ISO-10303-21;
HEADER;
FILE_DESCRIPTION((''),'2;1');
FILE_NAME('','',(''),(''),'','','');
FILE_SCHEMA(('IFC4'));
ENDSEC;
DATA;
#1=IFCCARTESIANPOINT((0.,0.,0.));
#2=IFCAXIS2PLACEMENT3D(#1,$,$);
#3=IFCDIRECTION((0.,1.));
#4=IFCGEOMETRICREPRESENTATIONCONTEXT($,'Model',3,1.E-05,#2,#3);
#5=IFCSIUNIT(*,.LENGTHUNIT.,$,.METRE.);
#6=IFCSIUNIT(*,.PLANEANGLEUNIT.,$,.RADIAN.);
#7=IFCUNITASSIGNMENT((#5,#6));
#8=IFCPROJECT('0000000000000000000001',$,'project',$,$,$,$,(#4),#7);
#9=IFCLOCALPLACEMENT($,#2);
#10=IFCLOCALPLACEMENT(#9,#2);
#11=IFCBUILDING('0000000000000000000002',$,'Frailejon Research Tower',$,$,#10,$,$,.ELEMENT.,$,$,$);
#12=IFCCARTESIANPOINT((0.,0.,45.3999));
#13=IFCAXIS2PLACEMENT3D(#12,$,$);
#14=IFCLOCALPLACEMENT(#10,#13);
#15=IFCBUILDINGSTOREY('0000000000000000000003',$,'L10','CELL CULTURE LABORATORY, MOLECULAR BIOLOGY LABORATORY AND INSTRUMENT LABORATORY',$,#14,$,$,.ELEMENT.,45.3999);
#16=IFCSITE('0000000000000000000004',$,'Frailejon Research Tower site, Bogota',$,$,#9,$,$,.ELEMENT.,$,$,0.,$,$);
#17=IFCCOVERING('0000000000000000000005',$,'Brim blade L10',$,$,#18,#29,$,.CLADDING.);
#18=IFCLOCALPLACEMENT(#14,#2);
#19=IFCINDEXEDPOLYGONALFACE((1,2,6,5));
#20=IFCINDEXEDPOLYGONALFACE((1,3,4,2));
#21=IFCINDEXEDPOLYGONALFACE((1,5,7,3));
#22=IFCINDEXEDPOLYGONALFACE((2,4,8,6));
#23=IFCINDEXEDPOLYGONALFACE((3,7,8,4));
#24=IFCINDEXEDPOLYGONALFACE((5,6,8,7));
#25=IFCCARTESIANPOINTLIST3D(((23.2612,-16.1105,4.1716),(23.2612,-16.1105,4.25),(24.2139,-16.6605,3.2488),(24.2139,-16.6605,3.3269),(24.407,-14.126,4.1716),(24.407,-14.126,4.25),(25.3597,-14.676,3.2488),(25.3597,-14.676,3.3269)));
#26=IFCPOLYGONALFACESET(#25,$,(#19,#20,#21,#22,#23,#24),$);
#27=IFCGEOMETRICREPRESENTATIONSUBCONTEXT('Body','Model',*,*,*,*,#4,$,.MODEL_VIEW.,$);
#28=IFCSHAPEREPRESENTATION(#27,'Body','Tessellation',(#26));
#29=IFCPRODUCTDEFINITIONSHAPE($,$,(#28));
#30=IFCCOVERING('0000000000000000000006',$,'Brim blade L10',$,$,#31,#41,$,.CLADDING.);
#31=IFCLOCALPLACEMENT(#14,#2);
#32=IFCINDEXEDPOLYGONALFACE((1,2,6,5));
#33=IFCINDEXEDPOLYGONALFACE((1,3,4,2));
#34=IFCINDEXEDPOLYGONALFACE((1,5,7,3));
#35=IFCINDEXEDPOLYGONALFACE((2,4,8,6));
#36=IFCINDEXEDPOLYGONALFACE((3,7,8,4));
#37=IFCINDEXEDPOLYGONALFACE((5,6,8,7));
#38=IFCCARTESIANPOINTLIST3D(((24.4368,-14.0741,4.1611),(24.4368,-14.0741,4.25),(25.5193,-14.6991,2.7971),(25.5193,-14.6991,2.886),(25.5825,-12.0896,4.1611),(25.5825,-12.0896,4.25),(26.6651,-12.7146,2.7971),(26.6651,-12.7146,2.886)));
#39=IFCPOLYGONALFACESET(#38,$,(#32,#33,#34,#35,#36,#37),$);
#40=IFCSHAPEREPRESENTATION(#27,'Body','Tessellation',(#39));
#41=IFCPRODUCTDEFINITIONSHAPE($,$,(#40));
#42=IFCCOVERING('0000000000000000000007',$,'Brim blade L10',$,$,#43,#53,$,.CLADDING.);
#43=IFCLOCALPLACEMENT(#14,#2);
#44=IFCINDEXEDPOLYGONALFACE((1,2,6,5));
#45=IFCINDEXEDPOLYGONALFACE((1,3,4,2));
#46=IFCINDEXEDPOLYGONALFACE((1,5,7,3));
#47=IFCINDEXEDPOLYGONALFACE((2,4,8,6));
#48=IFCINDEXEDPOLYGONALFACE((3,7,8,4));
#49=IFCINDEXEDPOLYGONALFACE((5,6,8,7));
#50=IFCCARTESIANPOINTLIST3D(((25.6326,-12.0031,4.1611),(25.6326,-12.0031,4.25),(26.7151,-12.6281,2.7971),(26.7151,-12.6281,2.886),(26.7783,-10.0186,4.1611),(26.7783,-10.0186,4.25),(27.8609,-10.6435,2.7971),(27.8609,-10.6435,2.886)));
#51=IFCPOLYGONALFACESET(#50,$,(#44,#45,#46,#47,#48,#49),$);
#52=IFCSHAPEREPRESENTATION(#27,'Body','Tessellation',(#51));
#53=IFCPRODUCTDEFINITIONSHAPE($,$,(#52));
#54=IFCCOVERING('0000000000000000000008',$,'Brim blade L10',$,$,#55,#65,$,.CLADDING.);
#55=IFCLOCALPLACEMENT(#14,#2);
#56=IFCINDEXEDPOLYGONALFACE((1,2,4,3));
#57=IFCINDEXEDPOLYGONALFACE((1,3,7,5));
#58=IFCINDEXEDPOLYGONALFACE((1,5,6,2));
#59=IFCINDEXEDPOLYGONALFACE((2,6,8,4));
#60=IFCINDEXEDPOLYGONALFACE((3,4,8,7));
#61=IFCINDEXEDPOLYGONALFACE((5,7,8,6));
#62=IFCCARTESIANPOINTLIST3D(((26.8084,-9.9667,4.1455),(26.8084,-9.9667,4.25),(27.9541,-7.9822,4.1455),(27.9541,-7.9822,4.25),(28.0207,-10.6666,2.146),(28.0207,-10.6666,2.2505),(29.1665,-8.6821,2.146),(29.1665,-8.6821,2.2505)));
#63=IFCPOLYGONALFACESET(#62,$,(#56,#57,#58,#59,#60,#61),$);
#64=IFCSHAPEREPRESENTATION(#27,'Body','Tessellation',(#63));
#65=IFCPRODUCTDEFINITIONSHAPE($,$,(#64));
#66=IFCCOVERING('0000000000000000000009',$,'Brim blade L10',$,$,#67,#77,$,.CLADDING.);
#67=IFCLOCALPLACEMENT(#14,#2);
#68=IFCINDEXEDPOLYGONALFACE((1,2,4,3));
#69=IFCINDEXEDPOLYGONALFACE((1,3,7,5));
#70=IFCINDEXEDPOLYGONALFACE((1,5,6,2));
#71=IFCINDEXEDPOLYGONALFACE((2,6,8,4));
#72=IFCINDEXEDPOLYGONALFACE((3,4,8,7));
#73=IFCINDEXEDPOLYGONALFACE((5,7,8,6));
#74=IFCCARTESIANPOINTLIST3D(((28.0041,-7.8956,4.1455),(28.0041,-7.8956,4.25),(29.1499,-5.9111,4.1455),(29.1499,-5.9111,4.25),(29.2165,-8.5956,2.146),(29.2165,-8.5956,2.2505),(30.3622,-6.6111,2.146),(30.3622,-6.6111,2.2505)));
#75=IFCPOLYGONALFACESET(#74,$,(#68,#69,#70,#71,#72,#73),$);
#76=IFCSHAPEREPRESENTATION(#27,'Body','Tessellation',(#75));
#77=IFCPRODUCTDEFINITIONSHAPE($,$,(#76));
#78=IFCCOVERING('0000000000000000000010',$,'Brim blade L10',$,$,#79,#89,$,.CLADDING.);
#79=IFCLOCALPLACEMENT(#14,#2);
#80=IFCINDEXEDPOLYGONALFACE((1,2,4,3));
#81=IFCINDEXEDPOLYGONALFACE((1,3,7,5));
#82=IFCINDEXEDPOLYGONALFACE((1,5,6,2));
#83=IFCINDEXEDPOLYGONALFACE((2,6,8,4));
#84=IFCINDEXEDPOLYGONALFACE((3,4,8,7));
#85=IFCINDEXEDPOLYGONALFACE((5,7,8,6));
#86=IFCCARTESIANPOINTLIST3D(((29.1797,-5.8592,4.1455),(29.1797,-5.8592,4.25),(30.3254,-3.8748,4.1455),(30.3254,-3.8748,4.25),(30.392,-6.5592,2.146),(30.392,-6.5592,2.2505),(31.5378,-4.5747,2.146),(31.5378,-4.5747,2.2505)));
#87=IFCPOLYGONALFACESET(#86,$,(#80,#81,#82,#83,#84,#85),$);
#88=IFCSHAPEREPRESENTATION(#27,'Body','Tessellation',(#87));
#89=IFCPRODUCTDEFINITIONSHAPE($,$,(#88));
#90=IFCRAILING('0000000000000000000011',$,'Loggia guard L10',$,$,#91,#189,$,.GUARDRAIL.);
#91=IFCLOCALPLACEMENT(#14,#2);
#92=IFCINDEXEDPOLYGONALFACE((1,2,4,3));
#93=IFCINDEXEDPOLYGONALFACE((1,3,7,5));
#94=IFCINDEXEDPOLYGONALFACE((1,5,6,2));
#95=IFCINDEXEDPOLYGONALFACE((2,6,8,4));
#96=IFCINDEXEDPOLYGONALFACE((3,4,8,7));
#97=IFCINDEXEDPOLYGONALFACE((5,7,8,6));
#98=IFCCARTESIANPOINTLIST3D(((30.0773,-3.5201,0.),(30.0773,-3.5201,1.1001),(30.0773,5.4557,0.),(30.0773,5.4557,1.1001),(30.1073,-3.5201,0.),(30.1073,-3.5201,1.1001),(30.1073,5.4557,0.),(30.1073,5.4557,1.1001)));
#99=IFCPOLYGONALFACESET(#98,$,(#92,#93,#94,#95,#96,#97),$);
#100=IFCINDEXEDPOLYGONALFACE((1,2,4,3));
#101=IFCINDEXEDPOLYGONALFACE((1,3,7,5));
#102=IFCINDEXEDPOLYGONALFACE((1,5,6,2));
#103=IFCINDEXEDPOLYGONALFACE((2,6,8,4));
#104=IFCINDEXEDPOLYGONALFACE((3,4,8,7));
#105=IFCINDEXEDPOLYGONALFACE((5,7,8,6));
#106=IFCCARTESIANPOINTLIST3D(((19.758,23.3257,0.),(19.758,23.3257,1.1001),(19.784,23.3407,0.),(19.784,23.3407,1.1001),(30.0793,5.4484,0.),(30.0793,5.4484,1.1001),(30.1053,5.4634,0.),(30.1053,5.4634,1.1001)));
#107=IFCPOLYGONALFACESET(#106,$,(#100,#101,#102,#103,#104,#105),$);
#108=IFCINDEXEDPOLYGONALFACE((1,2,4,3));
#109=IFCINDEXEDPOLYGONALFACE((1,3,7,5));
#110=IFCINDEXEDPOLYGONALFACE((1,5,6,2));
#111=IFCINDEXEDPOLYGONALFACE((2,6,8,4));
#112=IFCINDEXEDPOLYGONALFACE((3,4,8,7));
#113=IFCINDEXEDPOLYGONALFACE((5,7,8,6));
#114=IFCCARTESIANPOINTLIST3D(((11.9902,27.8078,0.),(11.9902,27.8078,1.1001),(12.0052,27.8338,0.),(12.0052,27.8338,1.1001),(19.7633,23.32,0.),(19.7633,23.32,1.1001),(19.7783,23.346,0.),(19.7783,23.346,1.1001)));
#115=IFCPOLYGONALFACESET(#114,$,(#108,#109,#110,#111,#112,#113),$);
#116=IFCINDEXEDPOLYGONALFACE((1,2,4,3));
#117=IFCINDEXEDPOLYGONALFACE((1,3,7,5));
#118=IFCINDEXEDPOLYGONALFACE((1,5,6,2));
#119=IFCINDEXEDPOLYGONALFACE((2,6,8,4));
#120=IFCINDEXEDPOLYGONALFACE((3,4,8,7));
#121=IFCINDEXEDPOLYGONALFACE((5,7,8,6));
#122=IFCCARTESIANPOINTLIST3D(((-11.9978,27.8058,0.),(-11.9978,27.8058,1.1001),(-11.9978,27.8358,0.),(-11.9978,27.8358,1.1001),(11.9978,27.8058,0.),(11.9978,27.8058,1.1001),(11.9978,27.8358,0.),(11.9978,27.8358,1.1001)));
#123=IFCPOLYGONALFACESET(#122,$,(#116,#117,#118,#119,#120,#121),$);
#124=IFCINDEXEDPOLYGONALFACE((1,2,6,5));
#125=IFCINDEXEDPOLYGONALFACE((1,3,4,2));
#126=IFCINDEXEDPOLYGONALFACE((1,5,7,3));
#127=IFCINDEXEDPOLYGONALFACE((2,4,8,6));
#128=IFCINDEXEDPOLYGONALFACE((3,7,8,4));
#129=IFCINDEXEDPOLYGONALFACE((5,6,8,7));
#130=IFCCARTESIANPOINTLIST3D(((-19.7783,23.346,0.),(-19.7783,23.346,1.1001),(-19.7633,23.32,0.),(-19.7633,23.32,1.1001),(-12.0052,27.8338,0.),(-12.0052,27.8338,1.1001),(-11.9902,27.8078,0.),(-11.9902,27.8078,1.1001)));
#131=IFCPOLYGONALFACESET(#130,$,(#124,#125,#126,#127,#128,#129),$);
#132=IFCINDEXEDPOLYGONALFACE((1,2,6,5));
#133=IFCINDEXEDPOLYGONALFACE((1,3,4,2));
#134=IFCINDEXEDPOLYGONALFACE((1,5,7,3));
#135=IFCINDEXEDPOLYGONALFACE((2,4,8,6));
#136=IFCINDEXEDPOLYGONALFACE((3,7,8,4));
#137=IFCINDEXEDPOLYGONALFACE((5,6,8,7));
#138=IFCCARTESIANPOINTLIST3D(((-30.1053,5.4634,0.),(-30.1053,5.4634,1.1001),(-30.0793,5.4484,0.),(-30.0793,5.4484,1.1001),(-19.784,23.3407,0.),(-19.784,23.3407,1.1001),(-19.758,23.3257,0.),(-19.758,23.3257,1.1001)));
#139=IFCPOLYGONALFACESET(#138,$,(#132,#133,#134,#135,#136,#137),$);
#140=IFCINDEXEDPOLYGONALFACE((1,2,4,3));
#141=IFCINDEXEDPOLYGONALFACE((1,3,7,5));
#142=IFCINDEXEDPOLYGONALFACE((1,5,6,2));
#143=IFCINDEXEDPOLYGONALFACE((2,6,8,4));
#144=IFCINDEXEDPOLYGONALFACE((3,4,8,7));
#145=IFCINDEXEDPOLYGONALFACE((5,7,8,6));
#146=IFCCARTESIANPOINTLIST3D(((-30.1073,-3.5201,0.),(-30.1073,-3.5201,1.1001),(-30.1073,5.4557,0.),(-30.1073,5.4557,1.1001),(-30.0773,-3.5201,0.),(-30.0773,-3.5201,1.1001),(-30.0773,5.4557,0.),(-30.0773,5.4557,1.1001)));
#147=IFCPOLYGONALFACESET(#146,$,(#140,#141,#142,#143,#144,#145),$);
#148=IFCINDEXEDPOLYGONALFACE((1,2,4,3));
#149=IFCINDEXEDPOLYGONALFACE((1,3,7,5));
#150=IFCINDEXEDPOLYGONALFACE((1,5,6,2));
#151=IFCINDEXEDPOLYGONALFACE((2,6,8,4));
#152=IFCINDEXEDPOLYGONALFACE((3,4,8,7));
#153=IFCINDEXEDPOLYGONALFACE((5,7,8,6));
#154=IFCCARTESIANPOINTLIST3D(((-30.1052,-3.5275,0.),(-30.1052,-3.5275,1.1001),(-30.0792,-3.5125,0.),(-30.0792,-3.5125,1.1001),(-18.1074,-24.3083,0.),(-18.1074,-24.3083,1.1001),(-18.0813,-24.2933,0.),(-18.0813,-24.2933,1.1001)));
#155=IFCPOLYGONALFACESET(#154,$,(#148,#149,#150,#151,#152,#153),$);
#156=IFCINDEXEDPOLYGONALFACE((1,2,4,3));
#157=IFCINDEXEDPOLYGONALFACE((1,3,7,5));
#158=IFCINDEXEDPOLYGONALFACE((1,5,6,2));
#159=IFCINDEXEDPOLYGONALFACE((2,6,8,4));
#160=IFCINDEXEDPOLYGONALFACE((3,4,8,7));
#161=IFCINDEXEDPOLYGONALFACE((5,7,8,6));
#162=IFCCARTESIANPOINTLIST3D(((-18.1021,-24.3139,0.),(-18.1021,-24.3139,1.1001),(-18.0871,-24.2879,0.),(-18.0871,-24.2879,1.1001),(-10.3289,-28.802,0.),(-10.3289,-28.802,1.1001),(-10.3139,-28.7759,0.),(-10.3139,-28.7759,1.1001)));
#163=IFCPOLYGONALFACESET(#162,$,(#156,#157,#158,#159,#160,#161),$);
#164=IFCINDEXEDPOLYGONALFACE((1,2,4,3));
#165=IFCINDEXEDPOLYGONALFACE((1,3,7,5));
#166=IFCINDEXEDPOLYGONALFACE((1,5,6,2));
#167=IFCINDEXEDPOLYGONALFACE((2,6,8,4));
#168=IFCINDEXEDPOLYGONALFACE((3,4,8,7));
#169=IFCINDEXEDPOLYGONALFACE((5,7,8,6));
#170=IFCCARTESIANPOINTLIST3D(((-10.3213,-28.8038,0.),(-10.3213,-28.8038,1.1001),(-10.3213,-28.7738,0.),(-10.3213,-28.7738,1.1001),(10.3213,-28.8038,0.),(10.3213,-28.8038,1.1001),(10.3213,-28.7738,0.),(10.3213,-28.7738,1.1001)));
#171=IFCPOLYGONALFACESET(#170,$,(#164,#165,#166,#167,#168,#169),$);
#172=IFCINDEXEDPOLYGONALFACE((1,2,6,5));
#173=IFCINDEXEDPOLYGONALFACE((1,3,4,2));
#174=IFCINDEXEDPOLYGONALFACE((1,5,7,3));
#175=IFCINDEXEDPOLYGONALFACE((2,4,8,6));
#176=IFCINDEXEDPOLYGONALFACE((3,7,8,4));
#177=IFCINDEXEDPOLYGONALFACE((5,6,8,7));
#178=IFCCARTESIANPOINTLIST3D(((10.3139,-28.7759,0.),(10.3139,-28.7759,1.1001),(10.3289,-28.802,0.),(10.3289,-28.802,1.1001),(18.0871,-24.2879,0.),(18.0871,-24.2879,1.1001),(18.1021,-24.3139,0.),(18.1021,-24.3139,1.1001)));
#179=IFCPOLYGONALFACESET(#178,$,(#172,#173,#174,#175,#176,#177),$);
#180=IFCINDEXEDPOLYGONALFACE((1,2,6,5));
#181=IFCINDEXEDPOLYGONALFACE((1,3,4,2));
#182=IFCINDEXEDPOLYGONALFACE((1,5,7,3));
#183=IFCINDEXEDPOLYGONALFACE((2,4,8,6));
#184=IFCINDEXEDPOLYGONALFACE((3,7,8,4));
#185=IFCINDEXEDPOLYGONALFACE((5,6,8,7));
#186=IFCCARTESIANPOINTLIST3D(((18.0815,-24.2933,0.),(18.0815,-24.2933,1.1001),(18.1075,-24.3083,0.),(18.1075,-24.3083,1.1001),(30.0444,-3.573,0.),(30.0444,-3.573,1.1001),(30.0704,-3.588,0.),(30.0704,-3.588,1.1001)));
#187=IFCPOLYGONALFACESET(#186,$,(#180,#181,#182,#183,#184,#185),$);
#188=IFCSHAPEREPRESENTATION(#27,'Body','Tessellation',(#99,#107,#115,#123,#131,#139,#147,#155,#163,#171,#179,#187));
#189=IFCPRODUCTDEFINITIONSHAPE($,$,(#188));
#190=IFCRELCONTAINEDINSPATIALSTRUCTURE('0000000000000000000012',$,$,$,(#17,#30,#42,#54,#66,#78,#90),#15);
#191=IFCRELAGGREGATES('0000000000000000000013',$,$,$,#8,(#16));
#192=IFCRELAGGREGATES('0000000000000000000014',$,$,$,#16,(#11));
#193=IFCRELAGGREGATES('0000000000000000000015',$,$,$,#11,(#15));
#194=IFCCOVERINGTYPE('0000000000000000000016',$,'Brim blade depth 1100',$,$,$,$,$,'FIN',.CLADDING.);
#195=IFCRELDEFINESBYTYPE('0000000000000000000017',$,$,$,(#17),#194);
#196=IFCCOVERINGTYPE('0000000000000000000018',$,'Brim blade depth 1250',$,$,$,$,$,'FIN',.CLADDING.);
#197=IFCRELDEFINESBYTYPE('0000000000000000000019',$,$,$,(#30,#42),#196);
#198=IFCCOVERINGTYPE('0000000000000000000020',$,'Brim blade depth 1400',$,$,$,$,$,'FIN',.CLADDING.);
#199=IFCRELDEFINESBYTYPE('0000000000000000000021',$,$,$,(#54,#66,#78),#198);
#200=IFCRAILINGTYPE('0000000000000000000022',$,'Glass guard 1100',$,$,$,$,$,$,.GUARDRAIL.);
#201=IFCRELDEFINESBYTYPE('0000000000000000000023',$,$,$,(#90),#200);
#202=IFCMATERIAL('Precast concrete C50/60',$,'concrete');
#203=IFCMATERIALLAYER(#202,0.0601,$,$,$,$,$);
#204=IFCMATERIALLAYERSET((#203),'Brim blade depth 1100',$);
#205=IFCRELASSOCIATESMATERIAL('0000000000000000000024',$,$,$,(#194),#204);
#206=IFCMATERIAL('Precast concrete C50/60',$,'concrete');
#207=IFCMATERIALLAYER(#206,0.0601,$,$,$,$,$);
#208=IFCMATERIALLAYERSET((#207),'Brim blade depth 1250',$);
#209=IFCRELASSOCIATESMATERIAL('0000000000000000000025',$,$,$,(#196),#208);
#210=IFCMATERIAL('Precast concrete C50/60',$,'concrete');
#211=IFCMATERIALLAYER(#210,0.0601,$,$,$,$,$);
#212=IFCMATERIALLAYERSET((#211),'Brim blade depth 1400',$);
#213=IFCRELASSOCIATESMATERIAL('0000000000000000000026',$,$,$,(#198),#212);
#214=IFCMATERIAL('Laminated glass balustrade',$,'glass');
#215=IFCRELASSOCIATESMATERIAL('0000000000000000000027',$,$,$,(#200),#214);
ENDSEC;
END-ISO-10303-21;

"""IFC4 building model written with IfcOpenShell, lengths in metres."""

from ifc_helpers import new_model, si_unit, direction, frame, origin, origin_2d, place, context, subcontext, project, spatial, polyline, rectangle, outline, extrude, material, layer, layer_set, type_object, element, save


model = new_model("IFC4")

# Units and contexts
model_context = context("Model", 3, precision=1e-05, world=origin(), true_north=direction((0.0, 1.0)))
body_context = subcontext(model_context, "Body", "Model", "MODEL_VIEW")
ifc_project = project(units=[si_unit("LENGTHUNIT", "METRE"), si_unit("PLANEANGLEUNIT", "RADIAN")], contexts=[model_context])

# Site, building, storey
site_placement = place(None, origin())
site = spatial("IfcSite", under=ifc_project, at=site_placement, Name="Frailejon Research Tower site, Bogota", CompositionType="ELEMENT", RefElevation=0.0)
building_placement = place(site_placement, origin())
building = spatial("IfcBuilding", under=site, at=building_placement, Name="Frailejon Research Tower", CompositionType="ELEMENT")
storey_placement = place(building_placement, frame((0.0, 0.0, 45.3999)))
storey = spatial("IfcBuildingStorey", under=building, at=storey_placement, Name="L10", Description="CELL CULTURE LABORATORY, MOLECULAR BIOLOGY LABORATORY AND INSTRUMENT LABORATORY", CompositionType="ELEMENT", Elevation=45.3999)

# Coverings
ifc_material_1 = material(Name="Precast concrete C50/60", Category="concrete")
ifc_layer_1 = layer(ifc_material_1, 0.0601)
ifc_layer_set_1 = layer_set([ifc_layer_1], Name="Brim blade depth 1100")
covering_type_1 = type_object("IfcCoveringType", Name="Brim blade depth 1100", ElementType="FIN", PredefinedType="CLADDING", material=ifc_layer_set_1)
covering_placement = place(storey_placement, frame((24.407, -14.126, 4.25), z_axis=(-0.499999, -0.866026, 0.0), x_axis=(0.866026, -0.499999, 0.0)))
element("IfcCovering", 1, at=covering_placement, inside=storey, type_object=covering_type_1, Name="Brim blade L10", PredefinedType="CLADDING", context=body_context, shape_type="SweptSolid", body=[
    extrude(outline(polyline([(0.0, -0.0784), (1.1001, -1.0012), (1.1001, -0.9231), (0.0, 0.0), (0.0, -0.0784)])), origin(), (0.0, 0.0, 1.0), 2.2915),
])
ifc_material_2 = material(Name="Precast concrete C50/60", Category="concrete")
ifc_layer_2 = layer(ifc_material_2, 0.0601)
ifc_layer_set_2 = layer_set([ifc_layer_2], Name="Brim blade depth 1250")
covering_type_2 = type_object("IfcCoveringType", Name="Brim blade depth 1250", ElementType="FIN", PredefinedType="CLADDING", material=ifc_layer_set_2)
for number, where, z_axis, x_axis, name in (
    (2, (25.5825, -12.0896, 4.25), (-0.499999, -0.866026, 0.0), (0.866026, -0.499999, 0.0), "Brim blade L10"),
    (3, (26.7783, -10.0186, 4.25), (-0.49999, -0.866031, 0.0), (0.866031, -0.49999, 0.0), "Brim blade L10"),
):
    element("IfcCovering", number, at=place(storey_placement, frame(where, z_axis=z_axis, x_axis=x_axis)), inside=storey, type_object=covering_type_2, Name=name, PredefinedType="CLADDING", context=body_context, shape_type="SweptSolid", body=[
        extrude(outline(polyline([(0.0, -0.0889), (1.25, -1.4529), (1.25, -1.364), (0.0, 0.0), (0.0, -0.0889)])), origin(), (0.0, 0.0, 1.0), 2.2915),
    ])
ifc_material_3 = material(Name="Precast concrete C50/60", Category="concrete")
ifc_layer_3 = layer(ifc_material_3, 0.0601)
ifc_layer_set_3 = layer_set([ifc_layer_3], Name="Brim blade depth 1400")
covering_type_3 = type_object("IfcCoveringType", Name="Brim blade depth 1400", ElementType="FIN", PredefinedType="CLADDING", material=ifc_layer_set_3)
for number, where, z_axis, x_axis, name in (
    (4, (27.9541, -7.9822, 4.25), (-0.49999, -0.866031, 0.0), (0.866031, -0.49999, 0.0), "Brim blade L10"),
    (5, (29.1499, -5.9111, 4.25), (-0.500014, -0.866017, 0.0), (0.866017, -0.500014, 0.0), "Brim blade L10"),
    (6, (30.3254, -3.8748, 4.25), (-0.500014, -0.866017, 0.0), (0.866017, -0.500014, 0.0), "Brim blade L10"),
):
    element("IfcCovering", number, at=place(storey_placement, frame(where, z_axis=z_axis, x_axis=x_axis)), inside=storey, type_object=covering_type_3, Name=name, PredefinedType="CLADDING", context=body_context, shape_type="SweptSolid", body=[
        extrude(outline(polyline([(0.0, -0.1045), (1.3999, -2.104), (1.3999, -1.9995), (0.0, 0.0), (0.0, -0.1045)])), origin(), (0.0, 0.0, 1.0), 2.2915),
    ])

# Railing
ifc_material_4 = material(Name="Laminated glass balustrade", Category="glass")
railing_type = type_object("IfcRailingType", Name="Glass guard 1100", PredefinedType="GUARDRAIL", material=ifc_material_4)
railing_placement = place(storey_placement, frame((30.0923, -3.52, 0.0)))
element("IfcRailing", 7, at=railing_placement, inside=storey, type_object=railing_type, Name="Loggia guard L10", PredefinedType="GUARDRAIL", context=body_context, shape_type="SweptSolid", body=[
    extrude(rectangle(XDim=8.9758, YDim=0.03, at=origin_2d()), frame((0.0, 4.4878, 0.0), z_axis=(0.0, 0.0, 1.0), x_axis=(0.0, 1.0, 0.0)), (0.0, 0.0, 1.0), 1.1001),
    extrude(rectangle(XDim=20.6428, YDim=0.03, at=origin_2d()), frame((-5.1606, 17.9146, 0.0), z_axis=(0.0, 0.0, 1.0), x_axis=(-0.499996, 0.866028, 0.0)), (0.0, 0.0, 1.0), 1.1001),
    extrude(rectangle(XDim=8.9756, YDim=0.03, at=origin_2d()), frame((-14.208, 29.0969, 0.0), z_axis=(0.0, 0.0, 1.0), x_axis=(-0.866028, 0.499995, 0.0)), (0.0, 0.0, 1.0), 1.1001),
    extrude(rectangle(XDim=23.9956, YDim=0.03, at=origin_2d()), frame((-30.0923, 31.3408, 0.0), z_axis=(0.0, 0.0, 1.0), x_axis=(-1.0, 0.0, 0.0)), (0.0, 0.0, 1.0), 1.1001),
    extrude(rectangle(XDim=8.9756, YDim=0.03, at=origin_2d()), frame((-45.9766, 29.0969, 0.0), z_axis=(0.0, 0.0, 1.0), x_axis=(-0.866028, -0.499995, 0.0)), (0.0, 0.0, 1.0), 1.1001),
    extrude(rectangle(XDim=20.6428, YDim=0.03, at=origin_2d()), frame((-55.0239, 17.9146, 0.0), z_axis=(0.0, 0.0, 1.0), x_axis=(-0.499996, -0.866028, 0.0)), (0.0, 0.0, 1.0), 1.1001),
    extrude(rectangle(XDim=8.9758, YDim=0.03, at=origin_2d()), frame((-60.1846, 4.4878, 0.0), z_axis=(0.0, 0.0, 1.0), x_axis=(0.0, -1.0, 0.0)), (0.0, 0.0, 1.0), 1.1001),
    extrude(rectangle(XDim=23.9956, YDim=0.03, at=origin_2d()), frame((-54.1855, -10.3904, 0.0), z_axis=(0.0, 0.0, 1.0), x_axis=(0.500001, -0.866025, 0.0)), (0.0, 0.0, 1.0), 1.1001),
    extrude(rectangle(XDim=8.9758, YDim=0.03, at=origin_2d()), frame((-44.3003, -23.0249, 0.0), z_axis=(0.0, 0.0, 1.0), x_axis=(0.866017, -0.500015, 0.0)), (0.0, 0.0, 1.0), 1.1001),
    extrude(rectangle(XDim=20.6426, YDim=0.03, at=origin_2d()), frame((-30.0923, -25.2688, 0.0), z_axis=(0.0, 0.0, 1.0), x_axis=(1.0, 0.0, 0.0)), (0.0, 0.0, 1.0), 1.1001),
    extrude(rectangle(XDim=8.9758, YDim=0.03, at=origin_2d()), frame((-15.8843, -23.0249, 0.0), z_axis=(0.0, 0.0, 1.0), x_axis=(0.866017, 0.500015, 0.0)), (0.0, 0.0, 1.0), 1.1001),
    extrude(rectangle(XDim=23.9258, YDim=0.03, at=origin_2d()), frame((-6.0164, -10.4207, 0.0), z_axis=(0.0, 0.0, 1.0), x_axis=(0.500002, 0.866024, 0.0)), (0.0, 0.0, 1.0), 1.1001),
])

save(model, "model.ifc")
